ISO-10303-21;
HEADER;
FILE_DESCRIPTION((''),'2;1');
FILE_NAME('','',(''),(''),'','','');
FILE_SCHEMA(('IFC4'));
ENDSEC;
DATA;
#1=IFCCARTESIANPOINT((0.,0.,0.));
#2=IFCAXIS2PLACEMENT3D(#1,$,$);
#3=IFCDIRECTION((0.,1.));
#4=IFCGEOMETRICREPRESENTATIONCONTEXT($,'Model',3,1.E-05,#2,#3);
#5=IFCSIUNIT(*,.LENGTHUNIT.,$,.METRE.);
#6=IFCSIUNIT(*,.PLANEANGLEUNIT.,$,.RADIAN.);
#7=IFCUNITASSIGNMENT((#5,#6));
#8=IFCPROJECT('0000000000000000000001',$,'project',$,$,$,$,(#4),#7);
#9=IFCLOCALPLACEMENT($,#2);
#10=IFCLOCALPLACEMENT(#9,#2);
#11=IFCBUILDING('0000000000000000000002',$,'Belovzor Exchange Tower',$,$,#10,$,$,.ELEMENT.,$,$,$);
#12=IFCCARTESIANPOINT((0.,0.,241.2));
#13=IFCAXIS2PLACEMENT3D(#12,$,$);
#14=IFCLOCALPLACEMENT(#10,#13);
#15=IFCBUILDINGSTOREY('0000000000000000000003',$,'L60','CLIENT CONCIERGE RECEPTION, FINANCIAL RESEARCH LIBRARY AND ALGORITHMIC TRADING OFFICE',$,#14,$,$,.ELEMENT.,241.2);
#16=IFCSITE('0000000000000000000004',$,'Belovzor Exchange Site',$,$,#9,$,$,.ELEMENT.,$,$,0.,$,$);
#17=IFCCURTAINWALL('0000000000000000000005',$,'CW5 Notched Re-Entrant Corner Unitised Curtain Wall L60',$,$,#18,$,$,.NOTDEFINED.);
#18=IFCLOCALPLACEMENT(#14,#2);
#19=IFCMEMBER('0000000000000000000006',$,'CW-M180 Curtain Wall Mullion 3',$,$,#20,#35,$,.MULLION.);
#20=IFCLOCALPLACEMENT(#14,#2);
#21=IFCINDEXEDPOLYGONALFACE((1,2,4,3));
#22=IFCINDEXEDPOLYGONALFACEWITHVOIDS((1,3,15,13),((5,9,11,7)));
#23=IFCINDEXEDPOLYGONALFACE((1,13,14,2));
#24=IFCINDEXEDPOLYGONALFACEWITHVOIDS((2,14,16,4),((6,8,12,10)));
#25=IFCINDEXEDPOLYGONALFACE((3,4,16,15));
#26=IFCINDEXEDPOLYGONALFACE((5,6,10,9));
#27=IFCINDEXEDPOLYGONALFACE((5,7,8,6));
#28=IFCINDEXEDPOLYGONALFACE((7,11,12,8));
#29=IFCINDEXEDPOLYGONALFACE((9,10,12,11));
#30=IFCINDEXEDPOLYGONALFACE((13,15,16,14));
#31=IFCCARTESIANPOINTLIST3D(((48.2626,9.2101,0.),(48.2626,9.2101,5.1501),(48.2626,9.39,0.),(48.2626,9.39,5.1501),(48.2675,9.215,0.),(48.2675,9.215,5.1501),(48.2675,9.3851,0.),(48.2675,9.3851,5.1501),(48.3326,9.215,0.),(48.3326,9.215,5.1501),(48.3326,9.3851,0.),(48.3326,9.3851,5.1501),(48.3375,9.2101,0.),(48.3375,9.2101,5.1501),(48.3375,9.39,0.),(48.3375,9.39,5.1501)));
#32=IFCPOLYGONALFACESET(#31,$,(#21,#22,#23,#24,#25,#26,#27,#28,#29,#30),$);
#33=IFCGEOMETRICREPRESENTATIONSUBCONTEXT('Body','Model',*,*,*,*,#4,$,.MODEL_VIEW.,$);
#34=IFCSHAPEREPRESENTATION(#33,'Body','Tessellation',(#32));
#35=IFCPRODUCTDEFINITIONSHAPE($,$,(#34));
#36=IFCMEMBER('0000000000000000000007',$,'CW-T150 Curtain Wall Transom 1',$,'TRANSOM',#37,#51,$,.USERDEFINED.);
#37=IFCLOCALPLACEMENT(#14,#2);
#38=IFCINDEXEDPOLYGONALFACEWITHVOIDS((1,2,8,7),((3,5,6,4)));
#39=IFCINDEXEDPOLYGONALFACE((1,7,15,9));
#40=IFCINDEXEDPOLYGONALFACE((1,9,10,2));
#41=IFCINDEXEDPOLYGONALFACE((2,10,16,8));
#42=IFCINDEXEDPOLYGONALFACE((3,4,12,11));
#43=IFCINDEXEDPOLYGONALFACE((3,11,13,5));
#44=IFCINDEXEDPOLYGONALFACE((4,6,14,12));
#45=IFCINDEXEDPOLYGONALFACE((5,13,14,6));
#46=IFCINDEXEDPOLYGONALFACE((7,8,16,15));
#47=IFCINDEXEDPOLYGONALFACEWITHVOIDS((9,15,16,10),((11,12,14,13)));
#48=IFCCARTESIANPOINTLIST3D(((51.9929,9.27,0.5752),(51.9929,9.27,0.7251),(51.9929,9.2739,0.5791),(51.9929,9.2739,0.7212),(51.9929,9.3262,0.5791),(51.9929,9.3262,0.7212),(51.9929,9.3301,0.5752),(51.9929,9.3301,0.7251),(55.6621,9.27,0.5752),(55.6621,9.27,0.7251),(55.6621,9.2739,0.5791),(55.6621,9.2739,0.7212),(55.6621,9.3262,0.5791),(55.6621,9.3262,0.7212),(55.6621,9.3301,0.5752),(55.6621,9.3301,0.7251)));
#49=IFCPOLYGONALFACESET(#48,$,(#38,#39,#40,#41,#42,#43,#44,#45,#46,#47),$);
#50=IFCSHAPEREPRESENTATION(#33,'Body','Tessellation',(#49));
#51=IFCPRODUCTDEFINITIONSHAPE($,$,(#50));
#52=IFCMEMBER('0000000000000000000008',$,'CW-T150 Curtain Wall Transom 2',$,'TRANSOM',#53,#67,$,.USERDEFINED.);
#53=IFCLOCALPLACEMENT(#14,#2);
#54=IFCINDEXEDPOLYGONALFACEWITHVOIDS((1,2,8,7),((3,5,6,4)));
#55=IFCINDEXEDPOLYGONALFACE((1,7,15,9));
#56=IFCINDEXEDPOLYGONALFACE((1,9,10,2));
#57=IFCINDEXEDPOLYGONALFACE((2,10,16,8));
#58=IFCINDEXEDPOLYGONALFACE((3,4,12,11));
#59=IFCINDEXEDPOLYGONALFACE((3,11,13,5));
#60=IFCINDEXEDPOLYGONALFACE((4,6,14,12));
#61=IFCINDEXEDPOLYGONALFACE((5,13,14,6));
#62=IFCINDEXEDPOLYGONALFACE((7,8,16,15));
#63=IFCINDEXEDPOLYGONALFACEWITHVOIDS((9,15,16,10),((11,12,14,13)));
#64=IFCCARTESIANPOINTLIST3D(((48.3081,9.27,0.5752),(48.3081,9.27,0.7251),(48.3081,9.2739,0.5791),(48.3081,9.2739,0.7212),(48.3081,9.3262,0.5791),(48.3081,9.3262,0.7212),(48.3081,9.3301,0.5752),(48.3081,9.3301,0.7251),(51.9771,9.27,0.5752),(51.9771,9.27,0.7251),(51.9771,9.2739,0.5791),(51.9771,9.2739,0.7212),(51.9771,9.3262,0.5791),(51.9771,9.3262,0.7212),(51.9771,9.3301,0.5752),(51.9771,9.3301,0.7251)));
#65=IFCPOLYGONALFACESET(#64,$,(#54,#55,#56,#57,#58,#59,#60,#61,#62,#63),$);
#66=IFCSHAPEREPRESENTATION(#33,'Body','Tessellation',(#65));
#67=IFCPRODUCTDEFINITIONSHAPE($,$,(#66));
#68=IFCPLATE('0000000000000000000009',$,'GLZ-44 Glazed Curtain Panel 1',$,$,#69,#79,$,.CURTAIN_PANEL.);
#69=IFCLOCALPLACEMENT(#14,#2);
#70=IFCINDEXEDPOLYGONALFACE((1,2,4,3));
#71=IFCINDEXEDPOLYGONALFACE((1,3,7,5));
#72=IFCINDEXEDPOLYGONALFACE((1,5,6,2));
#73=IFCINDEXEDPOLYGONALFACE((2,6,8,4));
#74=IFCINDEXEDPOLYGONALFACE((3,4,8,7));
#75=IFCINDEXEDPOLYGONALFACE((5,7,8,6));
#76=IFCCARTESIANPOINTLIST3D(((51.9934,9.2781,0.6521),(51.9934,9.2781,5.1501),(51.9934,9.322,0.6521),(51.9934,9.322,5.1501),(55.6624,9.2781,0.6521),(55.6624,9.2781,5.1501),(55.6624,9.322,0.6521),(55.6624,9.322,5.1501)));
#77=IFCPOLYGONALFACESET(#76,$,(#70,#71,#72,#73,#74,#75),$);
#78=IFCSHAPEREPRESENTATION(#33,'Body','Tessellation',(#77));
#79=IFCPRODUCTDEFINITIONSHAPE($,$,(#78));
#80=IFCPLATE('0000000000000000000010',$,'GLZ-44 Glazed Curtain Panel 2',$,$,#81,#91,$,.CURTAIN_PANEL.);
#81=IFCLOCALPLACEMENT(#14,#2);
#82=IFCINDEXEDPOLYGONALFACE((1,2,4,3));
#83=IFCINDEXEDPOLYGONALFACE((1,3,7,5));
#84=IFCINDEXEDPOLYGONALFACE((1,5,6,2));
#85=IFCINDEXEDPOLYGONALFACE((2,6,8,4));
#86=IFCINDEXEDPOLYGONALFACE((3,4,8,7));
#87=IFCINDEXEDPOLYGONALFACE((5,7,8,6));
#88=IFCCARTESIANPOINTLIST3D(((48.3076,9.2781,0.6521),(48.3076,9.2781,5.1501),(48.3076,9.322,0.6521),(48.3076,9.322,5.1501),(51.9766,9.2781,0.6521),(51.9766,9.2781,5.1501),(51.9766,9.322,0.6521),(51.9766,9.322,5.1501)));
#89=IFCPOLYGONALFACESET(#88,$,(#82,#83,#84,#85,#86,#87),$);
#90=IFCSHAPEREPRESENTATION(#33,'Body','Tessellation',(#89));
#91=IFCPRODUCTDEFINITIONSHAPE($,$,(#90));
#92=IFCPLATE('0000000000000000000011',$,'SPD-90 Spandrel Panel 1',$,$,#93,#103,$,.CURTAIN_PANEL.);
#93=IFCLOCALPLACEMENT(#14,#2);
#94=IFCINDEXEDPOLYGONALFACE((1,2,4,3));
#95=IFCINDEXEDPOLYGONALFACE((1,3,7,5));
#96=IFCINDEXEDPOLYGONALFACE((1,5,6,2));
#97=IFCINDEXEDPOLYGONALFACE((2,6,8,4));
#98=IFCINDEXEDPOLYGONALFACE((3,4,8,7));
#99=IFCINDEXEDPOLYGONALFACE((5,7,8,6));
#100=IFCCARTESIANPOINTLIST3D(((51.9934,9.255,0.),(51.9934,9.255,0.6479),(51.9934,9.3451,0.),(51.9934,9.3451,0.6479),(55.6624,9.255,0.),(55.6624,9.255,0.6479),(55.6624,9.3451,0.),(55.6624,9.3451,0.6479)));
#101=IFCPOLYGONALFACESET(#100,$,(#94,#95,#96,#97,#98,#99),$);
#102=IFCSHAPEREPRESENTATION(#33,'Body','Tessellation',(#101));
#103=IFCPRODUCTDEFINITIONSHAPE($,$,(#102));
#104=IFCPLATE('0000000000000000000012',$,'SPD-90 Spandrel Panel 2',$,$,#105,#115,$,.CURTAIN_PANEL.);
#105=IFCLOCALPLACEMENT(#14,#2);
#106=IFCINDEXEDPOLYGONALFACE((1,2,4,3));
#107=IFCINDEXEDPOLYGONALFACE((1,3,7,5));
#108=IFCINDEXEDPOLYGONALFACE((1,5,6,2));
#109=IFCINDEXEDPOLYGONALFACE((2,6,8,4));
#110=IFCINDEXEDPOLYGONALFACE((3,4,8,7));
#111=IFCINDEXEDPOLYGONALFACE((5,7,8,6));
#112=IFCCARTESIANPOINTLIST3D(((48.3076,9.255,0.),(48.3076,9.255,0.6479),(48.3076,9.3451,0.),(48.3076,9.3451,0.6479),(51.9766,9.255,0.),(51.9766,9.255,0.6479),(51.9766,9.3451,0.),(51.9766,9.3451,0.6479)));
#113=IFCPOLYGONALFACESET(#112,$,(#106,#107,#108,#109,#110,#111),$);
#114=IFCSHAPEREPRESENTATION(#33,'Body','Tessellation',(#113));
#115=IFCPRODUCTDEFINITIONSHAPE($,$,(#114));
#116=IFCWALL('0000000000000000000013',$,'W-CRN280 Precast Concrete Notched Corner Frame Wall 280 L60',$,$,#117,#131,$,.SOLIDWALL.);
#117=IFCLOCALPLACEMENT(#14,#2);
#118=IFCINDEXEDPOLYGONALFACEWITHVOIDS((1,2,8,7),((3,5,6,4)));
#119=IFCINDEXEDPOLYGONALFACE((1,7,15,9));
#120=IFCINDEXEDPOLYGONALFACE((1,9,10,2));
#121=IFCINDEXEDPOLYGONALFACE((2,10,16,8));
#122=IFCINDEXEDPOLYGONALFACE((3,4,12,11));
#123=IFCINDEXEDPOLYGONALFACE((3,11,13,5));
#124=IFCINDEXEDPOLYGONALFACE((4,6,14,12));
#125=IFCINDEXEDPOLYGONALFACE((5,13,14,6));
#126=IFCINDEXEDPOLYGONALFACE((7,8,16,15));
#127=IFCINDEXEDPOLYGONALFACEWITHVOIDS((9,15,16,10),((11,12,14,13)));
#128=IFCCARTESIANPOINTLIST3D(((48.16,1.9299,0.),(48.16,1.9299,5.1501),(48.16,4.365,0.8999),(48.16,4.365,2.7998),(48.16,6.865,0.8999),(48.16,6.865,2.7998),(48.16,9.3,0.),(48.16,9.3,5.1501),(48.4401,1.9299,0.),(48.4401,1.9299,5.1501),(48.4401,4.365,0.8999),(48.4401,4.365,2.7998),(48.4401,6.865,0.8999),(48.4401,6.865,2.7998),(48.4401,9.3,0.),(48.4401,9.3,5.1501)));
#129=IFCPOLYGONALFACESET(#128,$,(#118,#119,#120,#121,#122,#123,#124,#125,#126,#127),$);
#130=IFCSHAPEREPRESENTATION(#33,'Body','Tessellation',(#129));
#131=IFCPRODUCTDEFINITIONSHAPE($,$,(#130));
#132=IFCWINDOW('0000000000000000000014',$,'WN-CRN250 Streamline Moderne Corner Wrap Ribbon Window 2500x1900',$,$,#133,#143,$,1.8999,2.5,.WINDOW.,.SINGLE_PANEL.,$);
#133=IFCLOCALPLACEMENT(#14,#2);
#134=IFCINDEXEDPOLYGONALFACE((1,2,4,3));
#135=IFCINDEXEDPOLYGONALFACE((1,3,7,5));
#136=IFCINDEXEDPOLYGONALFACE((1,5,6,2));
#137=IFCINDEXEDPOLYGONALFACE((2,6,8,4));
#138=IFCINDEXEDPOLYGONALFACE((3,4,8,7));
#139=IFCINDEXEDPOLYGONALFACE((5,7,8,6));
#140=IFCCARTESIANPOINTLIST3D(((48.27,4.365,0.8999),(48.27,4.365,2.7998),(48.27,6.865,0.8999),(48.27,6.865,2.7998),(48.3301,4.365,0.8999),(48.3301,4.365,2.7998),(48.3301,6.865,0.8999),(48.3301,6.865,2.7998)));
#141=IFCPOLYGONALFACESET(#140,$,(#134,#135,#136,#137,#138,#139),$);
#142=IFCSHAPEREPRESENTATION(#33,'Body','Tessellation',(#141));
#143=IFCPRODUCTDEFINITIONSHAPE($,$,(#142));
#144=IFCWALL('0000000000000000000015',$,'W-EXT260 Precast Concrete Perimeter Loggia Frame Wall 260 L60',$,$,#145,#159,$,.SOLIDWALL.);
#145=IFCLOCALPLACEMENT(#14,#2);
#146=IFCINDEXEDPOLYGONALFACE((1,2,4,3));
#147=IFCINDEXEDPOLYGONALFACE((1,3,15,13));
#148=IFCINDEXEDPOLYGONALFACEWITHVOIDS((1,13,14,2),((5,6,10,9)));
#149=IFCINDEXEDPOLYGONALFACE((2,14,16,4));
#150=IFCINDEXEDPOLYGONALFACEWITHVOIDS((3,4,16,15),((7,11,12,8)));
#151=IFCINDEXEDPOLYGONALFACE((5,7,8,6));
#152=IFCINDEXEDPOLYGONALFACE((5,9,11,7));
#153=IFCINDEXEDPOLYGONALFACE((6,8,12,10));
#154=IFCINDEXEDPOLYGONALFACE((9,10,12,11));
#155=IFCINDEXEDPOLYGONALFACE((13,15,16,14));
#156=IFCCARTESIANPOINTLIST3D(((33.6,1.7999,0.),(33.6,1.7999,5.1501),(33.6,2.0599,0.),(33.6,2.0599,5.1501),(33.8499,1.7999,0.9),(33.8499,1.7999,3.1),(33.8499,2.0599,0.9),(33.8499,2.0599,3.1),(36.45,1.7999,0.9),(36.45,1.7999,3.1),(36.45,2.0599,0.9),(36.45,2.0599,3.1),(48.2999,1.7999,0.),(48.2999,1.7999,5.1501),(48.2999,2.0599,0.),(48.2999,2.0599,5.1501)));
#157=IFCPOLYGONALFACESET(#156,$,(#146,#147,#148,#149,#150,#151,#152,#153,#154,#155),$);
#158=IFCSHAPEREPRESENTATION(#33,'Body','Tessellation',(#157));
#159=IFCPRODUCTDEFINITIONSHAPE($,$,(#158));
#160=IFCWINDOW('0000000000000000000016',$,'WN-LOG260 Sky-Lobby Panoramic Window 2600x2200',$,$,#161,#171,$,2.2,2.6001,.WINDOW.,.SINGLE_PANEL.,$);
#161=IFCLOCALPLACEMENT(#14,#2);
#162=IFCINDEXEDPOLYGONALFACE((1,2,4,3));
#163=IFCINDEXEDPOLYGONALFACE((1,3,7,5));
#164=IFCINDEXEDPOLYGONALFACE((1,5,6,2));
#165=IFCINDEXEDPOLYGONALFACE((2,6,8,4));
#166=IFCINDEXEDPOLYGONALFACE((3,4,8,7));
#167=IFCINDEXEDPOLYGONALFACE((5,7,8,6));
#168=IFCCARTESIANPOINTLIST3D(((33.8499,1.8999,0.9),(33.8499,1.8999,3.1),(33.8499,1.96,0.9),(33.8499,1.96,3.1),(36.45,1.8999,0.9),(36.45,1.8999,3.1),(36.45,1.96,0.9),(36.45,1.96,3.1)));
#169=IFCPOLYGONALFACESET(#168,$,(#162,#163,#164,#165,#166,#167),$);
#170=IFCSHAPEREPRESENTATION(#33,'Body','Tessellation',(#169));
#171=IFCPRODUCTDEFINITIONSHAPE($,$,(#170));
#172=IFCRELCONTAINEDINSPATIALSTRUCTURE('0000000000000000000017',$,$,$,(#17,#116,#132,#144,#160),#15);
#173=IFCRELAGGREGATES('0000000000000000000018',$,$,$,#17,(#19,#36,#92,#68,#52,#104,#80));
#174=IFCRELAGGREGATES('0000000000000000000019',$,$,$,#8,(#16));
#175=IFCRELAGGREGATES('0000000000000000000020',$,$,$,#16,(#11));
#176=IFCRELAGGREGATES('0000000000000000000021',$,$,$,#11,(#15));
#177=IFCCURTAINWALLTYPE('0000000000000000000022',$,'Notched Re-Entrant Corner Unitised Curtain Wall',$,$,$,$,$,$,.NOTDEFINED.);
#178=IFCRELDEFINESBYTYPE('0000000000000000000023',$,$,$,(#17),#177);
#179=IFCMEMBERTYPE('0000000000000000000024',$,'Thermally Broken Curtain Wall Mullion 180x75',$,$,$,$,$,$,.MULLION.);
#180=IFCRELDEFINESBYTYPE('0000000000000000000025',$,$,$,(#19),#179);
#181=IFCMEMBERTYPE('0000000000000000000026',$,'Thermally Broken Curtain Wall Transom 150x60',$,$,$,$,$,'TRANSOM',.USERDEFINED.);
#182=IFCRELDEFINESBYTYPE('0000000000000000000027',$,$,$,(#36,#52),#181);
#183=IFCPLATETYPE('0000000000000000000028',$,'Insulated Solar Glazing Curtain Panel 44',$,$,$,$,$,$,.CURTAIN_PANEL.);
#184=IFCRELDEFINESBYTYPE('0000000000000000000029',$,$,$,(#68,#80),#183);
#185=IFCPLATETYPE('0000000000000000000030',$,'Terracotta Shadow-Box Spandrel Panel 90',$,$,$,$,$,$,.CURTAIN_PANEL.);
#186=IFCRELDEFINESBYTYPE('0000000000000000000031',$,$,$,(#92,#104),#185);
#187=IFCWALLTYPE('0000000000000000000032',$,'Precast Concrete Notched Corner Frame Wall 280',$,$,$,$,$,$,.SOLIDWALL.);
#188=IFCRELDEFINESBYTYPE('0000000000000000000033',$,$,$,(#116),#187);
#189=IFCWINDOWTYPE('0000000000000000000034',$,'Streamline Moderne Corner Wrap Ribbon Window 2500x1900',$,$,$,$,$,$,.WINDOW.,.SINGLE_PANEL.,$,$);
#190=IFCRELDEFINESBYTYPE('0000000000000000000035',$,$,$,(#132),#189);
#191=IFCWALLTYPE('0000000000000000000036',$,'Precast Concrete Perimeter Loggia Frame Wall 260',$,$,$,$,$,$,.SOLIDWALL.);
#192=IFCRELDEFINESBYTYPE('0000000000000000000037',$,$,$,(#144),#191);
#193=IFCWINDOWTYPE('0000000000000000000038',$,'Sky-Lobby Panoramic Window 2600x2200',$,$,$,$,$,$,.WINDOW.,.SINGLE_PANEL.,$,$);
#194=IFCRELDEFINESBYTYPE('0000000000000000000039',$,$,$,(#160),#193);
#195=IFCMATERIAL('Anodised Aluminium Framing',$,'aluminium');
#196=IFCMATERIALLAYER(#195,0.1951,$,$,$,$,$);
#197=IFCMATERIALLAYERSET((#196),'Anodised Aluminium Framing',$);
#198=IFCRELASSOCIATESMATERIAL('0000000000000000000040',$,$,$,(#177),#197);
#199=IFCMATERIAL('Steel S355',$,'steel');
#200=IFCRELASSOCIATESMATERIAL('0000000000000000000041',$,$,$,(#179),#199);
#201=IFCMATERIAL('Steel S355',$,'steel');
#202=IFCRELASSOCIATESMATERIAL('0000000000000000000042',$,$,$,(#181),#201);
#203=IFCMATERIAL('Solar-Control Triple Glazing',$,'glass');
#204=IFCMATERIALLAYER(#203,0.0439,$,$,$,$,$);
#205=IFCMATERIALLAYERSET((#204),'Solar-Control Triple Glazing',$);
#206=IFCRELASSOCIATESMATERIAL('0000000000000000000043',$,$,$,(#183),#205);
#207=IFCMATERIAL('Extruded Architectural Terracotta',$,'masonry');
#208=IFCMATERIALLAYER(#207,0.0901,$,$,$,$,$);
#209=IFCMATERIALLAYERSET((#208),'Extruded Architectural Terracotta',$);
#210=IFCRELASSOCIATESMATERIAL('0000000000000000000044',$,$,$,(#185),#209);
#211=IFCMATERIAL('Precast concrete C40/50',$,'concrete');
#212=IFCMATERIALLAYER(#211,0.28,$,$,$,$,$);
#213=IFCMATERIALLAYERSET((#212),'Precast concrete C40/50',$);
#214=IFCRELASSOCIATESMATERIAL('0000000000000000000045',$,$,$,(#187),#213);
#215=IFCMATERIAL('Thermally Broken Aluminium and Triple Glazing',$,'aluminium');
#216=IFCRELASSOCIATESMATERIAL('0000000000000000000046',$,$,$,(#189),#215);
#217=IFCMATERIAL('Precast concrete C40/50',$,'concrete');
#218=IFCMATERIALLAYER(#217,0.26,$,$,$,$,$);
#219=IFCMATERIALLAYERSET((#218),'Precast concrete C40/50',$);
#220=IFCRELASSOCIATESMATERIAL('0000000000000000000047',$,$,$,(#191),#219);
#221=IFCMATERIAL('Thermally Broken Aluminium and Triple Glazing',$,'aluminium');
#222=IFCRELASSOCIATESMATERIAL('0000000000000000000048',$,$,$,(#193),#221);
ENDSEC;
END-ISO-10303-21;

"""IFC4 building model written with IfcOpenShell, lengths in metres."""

from ifc_helpers import new_model, si_unit, direction, frame, frame_2d, origin, origin_2d, place, context, subcontext, project, spatial, rectangle, hollow_rectangle, extrude, material, layer, layer_set, material_profile, profile_set, type_object, element, fill, aggregate, save


model = new_model("IFC4")

# Units and contexts
model_context = context("Model", 3, precision=1e-05, world=origin(), true_north=direction((0.0, 1.0)))
body_context = subcontext(model_context, "Body", "Model", "MODEL_VIEW")
ifc_project = project(units=[si_unit("LENGTHUNIT", "METRE"), si_unit("PLANEANGLEUNIT", "RADIAN")], contexts=[model_context])

# Site, building, storey
site_placement = place(None, origin())
site = spatial("IfcSite", under=ifc_project, at=site_placement, Name="Belovzor Exchange Site", CompositionType="ELEMENT", RefElevation=0.0)
building_placement = place(site_placement, origin())
building = spatial("IfcBuilding", under=site, at=building_placement, Name="Belovzor Exchange Tower", CompositionType="ELEMENT")
storey_placement = place(building_placement, frame((0.0, 0.0, 241.2)))
storey = spatial("IfcBuildingStorey", under=building, at=storey_placement, Name="L60", Description="CLIENT CONCIERGE RECEPTION, FINANCIAL RESEARCH LIBRARY AND ALGORITHMIC TRADING OFFICE", CompositionType="ELEMENT", Elevation=241.2)

# Curtain wall, members, plates
ifc_material_1 = material(Name="Anodised Aluminium Framing", Category="aluminium")
ifc_layer_1 = layer(ifc_material_1, 0.1951)
ifc_layer_set_1 = layer_set([ifc_layer_1], Name="Anodised Aluminium Framing")
curtain_wall_type = type_object("IfcCurtainWallType", Name="Notched Re-Entrant Corner Unitised Curtain Wall", PredefinedType="NOTDEFINED", material=ifc_layer_set_1)
curtain_wall_placement = place(storey_placement, origin())
curtain_wall = element("IfcCurtainWall", 1, at=curtain_wall_placement, inside=storey, type_object=curtain_wall_type, Name="CW5 Notched Re-Entrant Corner Unitised Curtain Wall L60", PredefinedType="NOTDEFINED")
ifc_material_2 = material(Name="Steel S355", Category="steel")
ifc_material_profile_1 = material_profile(ifc_material_2, hollow_rectangle(XDim=0.075, YDim=0.1799, WallThickness=0.0049, at=origin_2d()))
ifc_profile_set_1 = profile_set([ifc_material_profile_1], Name="Steel S355")
member_type_1 = type_object("IfcMemberType", Name="Thermally Broken Curtain Wall Mullion 180x75", PredefinedType="MULLION", material=ifc_profile_set_1)
member_1_placement = place(storey_placement, frame((48.3, 9.3, 0.0), z_axis=(0.0, 0.0, 1.0), x_axis=(-1.0, 0.0, 0.0)))
member_1 = element("IfcMember", 2, at=member_1_placement, type_object=member_type_1, Name="CW-M180 Curtain Wall Mullion 3", PredefinedType="MULLION", context=body_context, shape_type="SweptSolid", body=[
    extrude(hollow_rectangle(XDim=0.075, YDim=0.1799, WallThickness=0.0049, at=origin_2d()), origin(), (0.0, 0.0, 1.0), 5.1501),
])
ifc_material_3 = material(Name="Steel S355", Category="steel")
ifc_material_profile_2 = material_profile(ifc_material_3, hollow_rectangle(XDim=0.0601, YDim=0.1499, WallThickness=0.0039, at=origin_2d()))
ifc_profile_set_2 = profile_set([ifc_material_profile_2], Name="Steel S355")
member_type_2 = type_object("IfcMemberType", Name="Thermally Broken Curtain Wall Transom 150x60", ElementType="TRANSOM", PredefinedType="USERDEFINED", material=ifc_profile_set_2)
member_2_placement = place(storey_placement, frame((55.6621, 9.3, 0.6501), z_axis=(-1.0, 0.0, 0.0), x_axis=(0.0, -1.0, 0.0)))
member_2 = element("IfcMember", 3, at=member_2_placement, type_object=member_type_2, Name="CW-T150 Curtain Wall Transom 1", ObjectType="TRANSOM", PredefinedType="USERDEFINED", context=body_context, shape_type="SweptSolid", body=[
    extrude(hollow_rectangle(XDim=0.0601, YDim=0.1499, WallThickness=0.0039, at=origin_2d()), origin(), (0.0, 0.0, 1.0), 3.6692),
])
member_3_placement = place(storey_placement, frame((51.9771, 9.3, 0.6501), z_axis=(-1.0, 0.0, 0.0), x_axis=(0.0, -1.0, 0.0)))
member_3 = element("IfcMember", 4, at=member_3_placement, type_object=member_type_2, Name="CW-T150 Curtain Wall Transom 2", ObjectType="TRANSOM", PredefinedType="USERDEFINED", context=body_context, shape_type="SweptSolid", body=[
    extrude(hollow_rectangle(XDim=0.0601, YDim=0.1499, WallThickness=0.0039, at=origin_2d()), origin(), (0.0, 0.0, 1.0), 3.6689),
])
ifc_material_4 = material(Name="Solar-Control Triple Glazing", Category="glass")
ifc_layer_2 = layer(ifc_material_4, 0.0439)
ifc_layer_set_2 = layer_set([ifc_layer_2], Name="Solar-Control Triple Glazing")
plate_type_1 = type_object("IfcPlateType", Name="Insulated Solar Glazing Curtain Panel 44", PredefinedType="CURTAIN_PANEL", material=ifc_layer_set_2)
plate_1_placement = place(storey_placement, frame((53.8279, 9.3, 0.6521), z_axis=(0.0, 0.0, 1.0), x_axis=(-1.0, 0.0, 0.0)))
plate_1 = element("IfcPlate", 5, at=plate_1_placement, type_object=plate_type_1, Name="GLZ-44 Glazed Curtain Panel 1", PredefinedType="CURTAIN_PANEL", context=body_context, shape_type="SweptSolid", body=[
    extrude(rectangle(XDim=3.6689, YDim=0.0439, at=origin_2d()), origin(), (0.0, 0.0, 1.0), 4.498),
])
plate_2_placement = place(storey_placement, frame((50.1421, 9.3, 0.6521), z_axis=(0.0, 0.0, 1.0), x_axis=(-1.0, 0.0, 0.0)))
plate_2 = element("IfcPlate", 6, at=plate_2_placement, type_object=plate_type_1, Name="GLZ-44 Glazed Curtain Panel 2", PredefinedType="CURTAIN_PANEL", context=body_context, shape_type="SweptSolid", body=[
    extrude(rectangle(XDim=3.6689, YDim=0.0439, at=origin_2d()), origin(), (0.0, 0.0, 1.0), 4.498),
])
ifc_material_5 = material(Name="Extruded Architectural Terracotta", Category="masonry")
ifc_layer_3 = layer(ifc_material_5, 0.0901)
ifc_layer_set_3 = layer_set([ifc_layer_3], Name="Extruded Architectural Terracotta")
plate_type_2 = type_object("IfcPlateType", Name="Terracotta Shadow-Box Spandrel Panel 90", PredefinedType="CURTAIN_PANEL", material=ifc_layer_set_3)
plate_3_placement = place(storey_placement, frame((53.8279, 9.3, 0.0), z_axis=(0.0, 0.0, 1.0), x_axis=(-1.0, 0.0, 0.0)))
plate_3 = element("IfcPlate", 7, at=plate_3_placement, type_object=plate_type_2, Name="SPD-90 Spandrel Panel 1", PredefinedType="CURTAIN_PANEL", context=body_context, shape_type="SweptSolid", body=[
    extrude(rectangle(XDim=3.6689, YDim=0.0901, at=origin_2d()), origin(), (0.0, 0.0, 1.0), 0.6479),
])
plate_4_placement = place(storey_placement, frame((50.1421, 9.3, 0.0), z_axis=(0.0, 0.0, 1.0), x_axis=(-1.0, 0.0, 0.0)))
plate_4 = element("IfcPlate", 8, at=plate_4_placement, type_object=plate_type_2, Name="SPD-90 Spandrel Panel 2", PredefinedType="CURTAIN_PANEL", context=body_context, shape_type="SweptSolid", body=[
    extrude(rectangle(XDim=3.6689, YDim=0.0901, at=origin_2d()), origin(), (0.0, 0.0, 1.0), 0.6479),
])
aggregate(curtain_wall, [member_1, member_2, plate_3, plate_1, member_3, plate_4, plate_2])

# Walls, openings, windows
ifc_material_6 = material(Name="Precast concrete C40/50", Category="concrete")
ifc_layer_4 = layer(ifc_material_6, 0.28)
ifc_layer_set_4 = layer_set([ifc_layer_4], Name="Precast concrete C40/50")
wall_type_1 = type_object("IfcWallType", Name="Precast Concrete Notched Corner Frame Wall 280", PredefinedType="SOLIDWALL", material=ifc_layer_set_4)
wall_1_placement = place(storey_placement, frame((48.3, 9.3, 0.0), z_axis=(0.0, 0.0, 1.0), x_axis=(0.0, -1.0, 0.0)))
wall_1 = element("IfcWall", 9, at=wall_1_placement, inside=storey, type_object=wall_type_1, Name="W-CRN280 Precast Concrete Notched Corner Frame Wall 280 L60", PredefinedType="SOLIDWALL", context=body_context, shape_type="SweptSolid", body=[
    extrude(rectangle(XDim=7.3701, YDim=0.28, at=frame_2d((3.6851, 0.0))), origin(), (0.0, 0.0, 1.0), 5.1501),
])
opening_1_placement = place(wall_1_placement, frame((2.4351, 0.0, 0.8999)))
opening_1 = element("IfcOpeningElement", 10, at=opening_1_placement, cuts=wall_1, PredefinedType="OPENING", context=body_context, shape_type="SweptSolid", body=[
    extrude(rectangle(XDim=2.5, YDim=1.8999, at=frame_2d((1.25, 0.95))), frame((0.0, 0.1499, 0.0), z_axis=(0.0, -1.0, 0.0), x_axis=(1.0, 0.0, 0.0)), (0.0, 0.0, 1.0), 0.3),
])
ifc_material_7 = material(Name="Thermally Broken Aluminium and Triple Glazing", Category="aluminium")
window_type_1 = type_object("IfcWindowType", Name="Streamline Moderne Corner Wrap Ribbon Window 2500x1900", PartitioningType="SINGLE_PANEL", PredefinedType="WINDOW", material=ifc_material_7)
window_1_placement = place(opening_1_placement, origin())
window_1 = element("IfcWindow", 11, at=window_1_placement, inside=storey, type_object=window_type_1, Name="WN-CRN250 Streamline Moderne Corner Wrap Ribbon Window 2500x1900", OverallHeight=1.8999, OverallWidth=2.5, PartitioningType="SINGLE_PANEL", PredefinedType="WINDOW", context=body_context, shape_type="SweptSolid", body=[
    extrude(rectangle(XDim=2.5, YDim=1.8999, at=frame_2d((1.25, 0.95))), frame((0.0, 0.03, 0.0), z_axis=(0.0, -1.0, 0.0), x_axis=(1.0, 0.0, 0.0)), (0.0, 0.0, 1.0), 0.0601),
])
fill(opening_1, window_1)
ifc_material_8 = material(Name="Precast concrete C40/50", Category="concrete")
ifc_layer_5 = layer(ifc_material_8, 0.26)
ifc_layer_set_5 = layer_set([ifc_layer_5], Name="Precast concrete C40/50")
wall_type_2 = type_object("IfcWallType", Name="Precast Concrete Perimeter Loggia Frame Wall 260", PredefinedType="SOLIDWALL", material=ifc_layer_set_5)
wall_2_placement = place(storey_placement, frame((48.3, 1.9299, 0.0), z_axis=(0.0, 0.0, 1.0), x_axis=(-1.0, 0.0, 0.0)))
wall_2 = element("IfcWall", 12, at=wall_2_placement, inside=storey, type_object=wall_type_2, Name="W-EXT260 Precast Concrete Perimeter Loggia Frame Wall 260 L60", PredefinedType="SOLIDWALL", context=body_context, shape_type="SweptSolid", body=[
    extrude(rectangle(XDim=14.7, YDim=0.26, at=frame_2d((7.3501, 0.0))), origin(), (0.0, 0.0, 1.0), 5.1501),
])
opening_2_placement = place(wall_2_placement, frame((11.8501, 0.0, 0.8999)))
opening_2 = element("IfcOpeningElement", 13, at=opening_2_placement, cuts=wall_2, PredefinedType="OPENING", context=body_context, shape_type="SweptSolid", body=[
    extrude(rectangle(XDim=2.6001, YDim=2.2, at=frame_2d((1.3, 1.1001))), frame((0.0, 0.1399, 0.0), z_axis=(0.0, -1.0, 0.0), x_axis=(1.0, 0.0, 0.0)), (0.0, 0.0, 1.0), 0.28),
])
ifc_material_9 = material(Name="Thermally Broken Aluminium and Triple Glazing", Category="aluminium")
window_type_2 = type_object("IfcWindowType", Name="Sky-Lobby Panoramic Window 2600x2200", PartitioningType="SINGLE_PANEL", PredefinedType="WINDOW", material=ifc_material_9)
window_2_placement = place(opening_2_placement, origin())
window_2 = element("IfcWindow", 14, at=window_2_placement, inside=storey, type_object=window_type_2, Name="WN-LOG260 Sky-Lobby Panoramic Window 2600x2200", OverallHeight=2.2, OverallWidth=2.6001, PartitioningType="SINGLE_PANEL", PredefinedType="WINDOW", context=body_context, shape_type="SweptSolid", body=[
    extrude(rectangle(XDim=2.6001, YDim=2.2, at=frame_2d((1.3, 1.1001))), frame((0.0, 0.03, 0.0), z_axis=(0.0, -1.0, 0.0), x_axis=(1.0, 0.0, 0.0)), (0.0, 0.0, 1.0), 0.0601),
])
fill(opening_2, window_2)

save(model, "model.ifc")
